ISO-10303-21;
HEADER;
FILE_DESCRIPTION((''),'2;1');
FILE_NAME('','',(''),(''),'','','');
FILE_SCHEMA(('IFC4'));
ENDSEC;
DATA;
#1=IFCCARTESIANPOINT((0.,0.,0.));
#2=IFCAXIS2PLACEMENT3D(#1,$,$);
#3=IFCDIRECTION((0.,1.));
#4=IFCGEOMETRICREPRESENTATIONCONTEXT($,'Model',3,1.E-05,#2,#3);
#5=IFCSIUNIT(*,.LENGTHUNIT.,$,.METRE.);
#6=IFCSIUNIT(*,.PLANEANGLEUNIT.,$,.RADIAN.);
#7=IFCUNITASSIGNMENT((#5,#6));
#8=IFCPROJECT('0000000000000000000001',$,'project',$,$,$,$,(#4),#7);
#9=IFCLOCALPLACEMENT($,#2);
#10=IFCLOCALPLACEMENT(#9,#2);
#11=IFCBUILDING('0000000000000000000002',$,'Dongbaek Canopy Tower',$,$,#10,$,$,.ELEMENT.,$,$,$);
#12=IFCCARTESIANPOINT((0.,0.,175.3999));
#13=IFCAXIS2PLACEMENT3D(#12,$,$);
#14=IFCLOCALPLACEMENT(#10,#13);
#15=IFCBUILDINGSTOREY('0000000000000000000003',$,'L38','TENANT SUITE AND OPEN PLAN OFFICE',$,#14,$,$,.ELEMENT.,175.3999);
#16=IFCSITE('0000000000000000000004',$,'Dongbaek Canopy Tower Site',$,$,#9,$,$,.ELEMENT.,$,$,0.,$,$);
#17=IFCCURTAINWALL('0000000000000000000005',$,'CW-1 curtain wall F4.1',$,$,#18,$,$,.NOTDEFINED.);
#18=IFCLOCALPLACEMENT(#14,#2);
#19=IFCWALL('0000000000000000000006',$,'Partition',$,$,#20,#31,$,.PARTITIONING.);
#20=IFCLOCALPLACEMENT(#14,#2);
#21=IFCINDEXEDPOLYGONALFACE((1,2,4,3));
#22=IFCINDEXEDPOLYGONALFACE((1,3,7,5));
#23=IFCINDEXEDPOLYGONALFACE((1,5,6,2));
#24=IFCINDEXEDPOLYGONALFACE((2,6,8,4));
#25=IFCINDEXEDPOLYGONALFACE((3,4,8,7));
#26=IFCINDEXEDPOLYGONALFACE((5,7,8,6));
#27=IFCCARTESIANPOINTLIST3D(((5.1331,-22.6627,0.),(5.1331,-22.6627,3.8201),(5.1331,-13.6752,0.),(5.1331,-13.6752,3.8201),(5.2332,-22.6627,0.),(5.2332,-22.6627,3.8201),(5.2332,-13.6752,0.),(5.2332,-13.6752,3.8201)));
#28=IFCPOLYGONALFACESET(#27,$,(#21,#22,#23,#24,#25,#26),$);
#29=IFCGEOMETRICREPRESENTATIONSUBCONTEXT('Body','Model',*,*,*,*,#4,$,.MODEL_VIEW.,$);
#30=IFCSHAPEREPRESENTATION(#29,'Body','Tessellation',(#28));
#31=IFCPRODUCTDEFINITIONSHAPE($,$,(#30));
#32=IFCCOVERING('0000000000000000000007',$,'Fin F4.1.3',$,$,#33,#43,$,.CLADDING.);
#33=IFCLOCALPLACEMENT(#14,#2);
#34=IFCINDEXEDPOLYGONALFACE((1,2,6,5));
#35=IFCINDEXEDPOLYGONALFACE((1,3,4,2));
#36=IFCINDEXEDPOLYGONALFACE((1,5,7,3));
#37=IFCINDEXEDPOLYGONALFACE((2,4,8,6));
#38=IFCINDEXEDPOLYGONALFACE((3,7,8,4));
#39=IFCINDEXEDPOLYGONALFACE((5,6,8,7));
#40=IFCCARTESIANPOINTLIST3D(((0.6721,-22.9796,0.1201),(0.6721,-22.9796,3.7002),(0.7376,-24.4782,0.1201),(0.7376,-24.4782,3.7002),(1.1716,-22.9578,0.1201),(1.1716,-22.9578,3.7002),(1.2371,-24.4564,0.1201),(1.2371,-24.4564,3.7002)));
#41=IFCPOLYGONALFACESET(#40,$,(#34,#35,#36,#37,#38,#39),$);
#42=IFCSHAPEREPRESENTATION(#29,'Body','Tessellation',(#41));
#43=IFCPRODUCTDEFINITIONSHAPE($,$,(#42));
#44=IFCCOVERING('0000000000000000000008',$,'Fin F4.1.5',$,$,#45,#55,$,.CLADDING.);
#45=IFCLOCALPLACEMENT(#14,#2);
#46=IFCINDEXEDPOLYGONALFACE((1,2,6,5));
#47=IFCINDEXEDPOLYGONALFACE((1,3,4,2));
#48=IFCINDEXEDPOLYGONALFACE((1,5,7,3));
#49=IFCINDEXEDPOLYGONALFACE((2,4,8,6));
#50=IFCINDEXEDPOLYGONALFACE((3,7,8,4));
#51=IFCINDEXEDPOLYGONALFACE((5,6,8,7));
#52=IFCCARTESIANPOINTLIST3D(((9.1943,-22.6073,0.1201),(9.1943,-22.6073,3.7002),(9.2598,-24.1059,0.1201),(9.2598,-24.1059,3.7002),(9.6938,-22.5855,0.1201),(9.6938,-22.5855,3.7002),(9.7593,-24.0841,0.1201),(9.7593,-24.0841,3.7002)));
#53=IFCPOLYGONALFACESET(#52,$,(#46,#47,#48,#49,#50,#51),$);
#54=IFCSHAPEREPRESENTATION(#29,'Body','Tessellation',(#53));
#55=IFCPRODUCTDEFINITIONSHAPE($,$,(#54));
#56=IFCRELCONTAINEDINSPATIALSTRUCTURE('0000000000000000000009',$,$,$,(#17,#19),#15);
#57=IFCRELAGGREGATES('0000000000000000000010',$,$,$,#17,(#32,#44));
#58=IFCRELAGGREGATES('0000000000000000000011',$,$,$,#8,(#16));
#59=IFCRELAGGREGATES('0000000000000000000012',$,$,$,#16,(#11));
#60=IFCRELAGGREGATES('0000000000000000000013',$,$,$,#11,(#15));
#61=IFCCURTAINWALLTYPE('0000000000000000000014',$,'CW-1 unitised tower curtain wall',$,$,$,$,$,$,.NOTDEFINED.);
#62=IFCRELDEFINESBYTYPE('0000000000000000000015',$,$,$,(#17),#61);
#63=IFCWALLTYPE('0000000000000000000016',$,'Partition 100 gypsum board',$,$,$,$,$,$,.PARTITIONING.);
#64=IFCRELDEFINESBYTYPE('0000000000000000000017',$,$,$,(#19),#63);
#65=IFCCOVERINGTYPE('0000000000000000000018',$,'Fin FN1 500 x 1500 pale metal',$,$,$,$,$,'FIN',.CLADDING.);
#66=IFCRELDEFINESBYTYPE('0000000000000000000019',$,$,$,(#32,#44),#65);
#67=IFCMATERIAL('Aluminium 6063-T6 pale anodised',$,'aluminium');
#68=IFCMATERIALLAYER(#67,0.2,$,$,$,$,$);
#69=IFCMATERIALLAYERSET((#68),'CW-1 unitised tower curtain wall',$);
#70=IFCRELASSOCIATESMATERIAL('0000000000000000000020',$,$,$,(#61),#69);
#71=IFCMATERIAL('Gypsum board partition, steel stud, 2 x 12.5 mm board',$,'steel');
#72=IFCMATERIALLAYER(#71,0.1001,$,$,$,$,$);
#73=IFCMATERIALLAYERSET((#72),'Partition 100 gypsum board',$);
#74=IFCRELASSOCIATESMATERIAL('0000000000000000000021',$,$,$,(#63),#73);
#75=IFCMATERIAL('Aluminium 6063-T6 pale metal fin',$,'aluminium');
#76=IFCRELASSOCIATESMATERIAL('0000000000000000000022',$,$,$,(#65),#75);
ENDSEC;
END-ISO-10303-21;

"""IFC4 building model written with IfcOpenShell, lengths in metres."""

from ifc_helpers import new_model, si_unit, direction, frame, frame_2d, origin, origin_2d, place, context, subcontext, project, spatial, rectangle, extrude, material, layer, layer_set, material_profile, profile_set, type_object, element, aggregate, save


model = new_model("IFC4")

# Units and contexts
model_context = context("Model", 3, precision=1e-05, world=origin(), true_north=direction((0.0, 1.0)))
body_context = subcontext(model_context, "Body", "Model", "MODEL_VIEW")
ifc_project = project(units=[si_unit("LENGTHUNIT", "METRE"), si_unit("PLANEANGLEUNIT", "RADIAN")], contexts=[model_context])

# Site, building, storey
site_placement = place(None, origin())
site = spatial("IfcSite", under=ifc_project, at=site_placement, Name="Dongbaek Canopy Tower Site", CompositionType="ELEMENT", RefElevation=0.0)
building_placement = place(site_placement, origin())
building = spatial("IfcBuilding", under=site, at=building_placement, Name="Dongbaek Canopy Tower", CompositionType="ELEMENT")
storey_placement = place(building_placement, frame((0.0, 0.0, 175.3999)))
storey = spatial("IfcBuildingStorey", under=building, at=storey_placement, Name="L38", Description="TENANT SUITE AND OPEN PLAN OFFICE", CompositionType="ELEMENT", Elevation=175.3999)

# Curtain wall
ifc_material_1 = material(Name="Aluminium 6063-T6 pale anodised", Category="aluminium")
ifc_layer_1 = layer(ifc_material_1, 0.2)
ifc_layer_set_1 = layer_set([ifc_layer_1], Name="CW-1 unitised tower curtain wall")
curtain_wall_type = type_object("IfcCurtainWallType", Name="CW-1 unitised tower curtain wall", PredefinedType="NOTDEFINED", material=ifc_layer_set_1)
curtain_wall_1_placement = place(storey_placement, origin())
curtain_wall_1 = element("IfcCurtainWall", 1, at=curtain_wall_1_placement, inside=storey, type_object=curtain_wall_type, Name="CW-1 curtain wall F4.1", PredefinedType="NOTDEFINED")

# Wall
ifc_material_2 = material(Name="Gypsum board partition, steel stud, 2 x 12.5 mm board", Category="steel")
ifc_layer_2 = layer(ifc_material_2, 0.1001)
ifc_layer_set_2 = layer_set([ifc_layer_2], Name="Partition 100 gypsum board")
wall_type = type_object("IfcWallType", Name="Partition 100 gypsum board", PredefinedType="PARTITIONING", material=ifc_layer_set_2)
wall_placement = place(storey_placement, frame((5.1831, -22.6626, 0.0), z_axis=(0.0, 0.0, 1.0), x_axis=(0.0, 1.0, 0.0)))
element("IfcWall", 2, at=wall_placement, inside=storey, type_object=wall_type, Name="Partition", PredefinedType="PARTITIONING", context=body_context, shape_type="SweptSolid", body=[
    extrude(rectangle(XDim=8.9875, YDim=0.1001, at=frame_2d((4.4937, 0.0))), origin(), (0.0, 0.0, 1.0), 3.8201),
])

# Coverings
ifc_material_3 = material(Name="Aluminium 6063-T6 pale metal fin", Category="aluminium")
ifc_material_profile_1 = material_profile(ifc_material_3, rectangle(XDim=1.5, YDim=0.5, at=origin_2d()), Name="Fin FN1 500 x 1500 pale metal")
ifc_profile_set_1 = profile_set([ifc_material_profile_1], Name="Aluminium 6063-T6 pale metal fin")
covering_type = type_object("IfcCoveringType", Name="Fin FN1 500 x 1500 pale metal", ElementType="FIN", PredefinedType="CLADDING", material=ifc_profile_set_1)
covering_1_placement = place(storey_placement, frame((0.9546, -23.718, 0.1201), z_axis=(0.0, 0.0, 1.0), x_axis=(0.04364, -0.999047, 0.0)))
covering_1 = element("IfcCovering", 3, at=covering_1_placement, type_object=covering_type, Name="Fin F4.1.3", PredefinedType="CLADDING", context=body_context, shape_type="SweptSolid", body=[
    extrude(rectangle(XDim=1.5, YDim=0.5, at=origin_2d()), origin(), (0.0, 0.0, 1.0), 3.5801),
])
covering_2_placement = place(storey_placement, frame((9.4768, -23.3457, 0.1201), z_axis=(0.0, 0.0, 1.0), x_axis=(0.04364, -0.999047, 0.0)))
covering_2 = element("IfcCovering", 4, at=covering_2_placement, type_object=covering_type, Name="Fin F4.1.5", PredefinedType="CLADDING", context=body_context, shape_type="SweptSolid", body=[
    extrude(rectangle(XDim=1.5, YDim=0.5, at=origin_2d()), origin(), (0.0, 0.0, 1.0), 3.5801),
])
aggregate(curtain_wall_1, [covering_1, covering_2])

save(model, "model.ifc")
